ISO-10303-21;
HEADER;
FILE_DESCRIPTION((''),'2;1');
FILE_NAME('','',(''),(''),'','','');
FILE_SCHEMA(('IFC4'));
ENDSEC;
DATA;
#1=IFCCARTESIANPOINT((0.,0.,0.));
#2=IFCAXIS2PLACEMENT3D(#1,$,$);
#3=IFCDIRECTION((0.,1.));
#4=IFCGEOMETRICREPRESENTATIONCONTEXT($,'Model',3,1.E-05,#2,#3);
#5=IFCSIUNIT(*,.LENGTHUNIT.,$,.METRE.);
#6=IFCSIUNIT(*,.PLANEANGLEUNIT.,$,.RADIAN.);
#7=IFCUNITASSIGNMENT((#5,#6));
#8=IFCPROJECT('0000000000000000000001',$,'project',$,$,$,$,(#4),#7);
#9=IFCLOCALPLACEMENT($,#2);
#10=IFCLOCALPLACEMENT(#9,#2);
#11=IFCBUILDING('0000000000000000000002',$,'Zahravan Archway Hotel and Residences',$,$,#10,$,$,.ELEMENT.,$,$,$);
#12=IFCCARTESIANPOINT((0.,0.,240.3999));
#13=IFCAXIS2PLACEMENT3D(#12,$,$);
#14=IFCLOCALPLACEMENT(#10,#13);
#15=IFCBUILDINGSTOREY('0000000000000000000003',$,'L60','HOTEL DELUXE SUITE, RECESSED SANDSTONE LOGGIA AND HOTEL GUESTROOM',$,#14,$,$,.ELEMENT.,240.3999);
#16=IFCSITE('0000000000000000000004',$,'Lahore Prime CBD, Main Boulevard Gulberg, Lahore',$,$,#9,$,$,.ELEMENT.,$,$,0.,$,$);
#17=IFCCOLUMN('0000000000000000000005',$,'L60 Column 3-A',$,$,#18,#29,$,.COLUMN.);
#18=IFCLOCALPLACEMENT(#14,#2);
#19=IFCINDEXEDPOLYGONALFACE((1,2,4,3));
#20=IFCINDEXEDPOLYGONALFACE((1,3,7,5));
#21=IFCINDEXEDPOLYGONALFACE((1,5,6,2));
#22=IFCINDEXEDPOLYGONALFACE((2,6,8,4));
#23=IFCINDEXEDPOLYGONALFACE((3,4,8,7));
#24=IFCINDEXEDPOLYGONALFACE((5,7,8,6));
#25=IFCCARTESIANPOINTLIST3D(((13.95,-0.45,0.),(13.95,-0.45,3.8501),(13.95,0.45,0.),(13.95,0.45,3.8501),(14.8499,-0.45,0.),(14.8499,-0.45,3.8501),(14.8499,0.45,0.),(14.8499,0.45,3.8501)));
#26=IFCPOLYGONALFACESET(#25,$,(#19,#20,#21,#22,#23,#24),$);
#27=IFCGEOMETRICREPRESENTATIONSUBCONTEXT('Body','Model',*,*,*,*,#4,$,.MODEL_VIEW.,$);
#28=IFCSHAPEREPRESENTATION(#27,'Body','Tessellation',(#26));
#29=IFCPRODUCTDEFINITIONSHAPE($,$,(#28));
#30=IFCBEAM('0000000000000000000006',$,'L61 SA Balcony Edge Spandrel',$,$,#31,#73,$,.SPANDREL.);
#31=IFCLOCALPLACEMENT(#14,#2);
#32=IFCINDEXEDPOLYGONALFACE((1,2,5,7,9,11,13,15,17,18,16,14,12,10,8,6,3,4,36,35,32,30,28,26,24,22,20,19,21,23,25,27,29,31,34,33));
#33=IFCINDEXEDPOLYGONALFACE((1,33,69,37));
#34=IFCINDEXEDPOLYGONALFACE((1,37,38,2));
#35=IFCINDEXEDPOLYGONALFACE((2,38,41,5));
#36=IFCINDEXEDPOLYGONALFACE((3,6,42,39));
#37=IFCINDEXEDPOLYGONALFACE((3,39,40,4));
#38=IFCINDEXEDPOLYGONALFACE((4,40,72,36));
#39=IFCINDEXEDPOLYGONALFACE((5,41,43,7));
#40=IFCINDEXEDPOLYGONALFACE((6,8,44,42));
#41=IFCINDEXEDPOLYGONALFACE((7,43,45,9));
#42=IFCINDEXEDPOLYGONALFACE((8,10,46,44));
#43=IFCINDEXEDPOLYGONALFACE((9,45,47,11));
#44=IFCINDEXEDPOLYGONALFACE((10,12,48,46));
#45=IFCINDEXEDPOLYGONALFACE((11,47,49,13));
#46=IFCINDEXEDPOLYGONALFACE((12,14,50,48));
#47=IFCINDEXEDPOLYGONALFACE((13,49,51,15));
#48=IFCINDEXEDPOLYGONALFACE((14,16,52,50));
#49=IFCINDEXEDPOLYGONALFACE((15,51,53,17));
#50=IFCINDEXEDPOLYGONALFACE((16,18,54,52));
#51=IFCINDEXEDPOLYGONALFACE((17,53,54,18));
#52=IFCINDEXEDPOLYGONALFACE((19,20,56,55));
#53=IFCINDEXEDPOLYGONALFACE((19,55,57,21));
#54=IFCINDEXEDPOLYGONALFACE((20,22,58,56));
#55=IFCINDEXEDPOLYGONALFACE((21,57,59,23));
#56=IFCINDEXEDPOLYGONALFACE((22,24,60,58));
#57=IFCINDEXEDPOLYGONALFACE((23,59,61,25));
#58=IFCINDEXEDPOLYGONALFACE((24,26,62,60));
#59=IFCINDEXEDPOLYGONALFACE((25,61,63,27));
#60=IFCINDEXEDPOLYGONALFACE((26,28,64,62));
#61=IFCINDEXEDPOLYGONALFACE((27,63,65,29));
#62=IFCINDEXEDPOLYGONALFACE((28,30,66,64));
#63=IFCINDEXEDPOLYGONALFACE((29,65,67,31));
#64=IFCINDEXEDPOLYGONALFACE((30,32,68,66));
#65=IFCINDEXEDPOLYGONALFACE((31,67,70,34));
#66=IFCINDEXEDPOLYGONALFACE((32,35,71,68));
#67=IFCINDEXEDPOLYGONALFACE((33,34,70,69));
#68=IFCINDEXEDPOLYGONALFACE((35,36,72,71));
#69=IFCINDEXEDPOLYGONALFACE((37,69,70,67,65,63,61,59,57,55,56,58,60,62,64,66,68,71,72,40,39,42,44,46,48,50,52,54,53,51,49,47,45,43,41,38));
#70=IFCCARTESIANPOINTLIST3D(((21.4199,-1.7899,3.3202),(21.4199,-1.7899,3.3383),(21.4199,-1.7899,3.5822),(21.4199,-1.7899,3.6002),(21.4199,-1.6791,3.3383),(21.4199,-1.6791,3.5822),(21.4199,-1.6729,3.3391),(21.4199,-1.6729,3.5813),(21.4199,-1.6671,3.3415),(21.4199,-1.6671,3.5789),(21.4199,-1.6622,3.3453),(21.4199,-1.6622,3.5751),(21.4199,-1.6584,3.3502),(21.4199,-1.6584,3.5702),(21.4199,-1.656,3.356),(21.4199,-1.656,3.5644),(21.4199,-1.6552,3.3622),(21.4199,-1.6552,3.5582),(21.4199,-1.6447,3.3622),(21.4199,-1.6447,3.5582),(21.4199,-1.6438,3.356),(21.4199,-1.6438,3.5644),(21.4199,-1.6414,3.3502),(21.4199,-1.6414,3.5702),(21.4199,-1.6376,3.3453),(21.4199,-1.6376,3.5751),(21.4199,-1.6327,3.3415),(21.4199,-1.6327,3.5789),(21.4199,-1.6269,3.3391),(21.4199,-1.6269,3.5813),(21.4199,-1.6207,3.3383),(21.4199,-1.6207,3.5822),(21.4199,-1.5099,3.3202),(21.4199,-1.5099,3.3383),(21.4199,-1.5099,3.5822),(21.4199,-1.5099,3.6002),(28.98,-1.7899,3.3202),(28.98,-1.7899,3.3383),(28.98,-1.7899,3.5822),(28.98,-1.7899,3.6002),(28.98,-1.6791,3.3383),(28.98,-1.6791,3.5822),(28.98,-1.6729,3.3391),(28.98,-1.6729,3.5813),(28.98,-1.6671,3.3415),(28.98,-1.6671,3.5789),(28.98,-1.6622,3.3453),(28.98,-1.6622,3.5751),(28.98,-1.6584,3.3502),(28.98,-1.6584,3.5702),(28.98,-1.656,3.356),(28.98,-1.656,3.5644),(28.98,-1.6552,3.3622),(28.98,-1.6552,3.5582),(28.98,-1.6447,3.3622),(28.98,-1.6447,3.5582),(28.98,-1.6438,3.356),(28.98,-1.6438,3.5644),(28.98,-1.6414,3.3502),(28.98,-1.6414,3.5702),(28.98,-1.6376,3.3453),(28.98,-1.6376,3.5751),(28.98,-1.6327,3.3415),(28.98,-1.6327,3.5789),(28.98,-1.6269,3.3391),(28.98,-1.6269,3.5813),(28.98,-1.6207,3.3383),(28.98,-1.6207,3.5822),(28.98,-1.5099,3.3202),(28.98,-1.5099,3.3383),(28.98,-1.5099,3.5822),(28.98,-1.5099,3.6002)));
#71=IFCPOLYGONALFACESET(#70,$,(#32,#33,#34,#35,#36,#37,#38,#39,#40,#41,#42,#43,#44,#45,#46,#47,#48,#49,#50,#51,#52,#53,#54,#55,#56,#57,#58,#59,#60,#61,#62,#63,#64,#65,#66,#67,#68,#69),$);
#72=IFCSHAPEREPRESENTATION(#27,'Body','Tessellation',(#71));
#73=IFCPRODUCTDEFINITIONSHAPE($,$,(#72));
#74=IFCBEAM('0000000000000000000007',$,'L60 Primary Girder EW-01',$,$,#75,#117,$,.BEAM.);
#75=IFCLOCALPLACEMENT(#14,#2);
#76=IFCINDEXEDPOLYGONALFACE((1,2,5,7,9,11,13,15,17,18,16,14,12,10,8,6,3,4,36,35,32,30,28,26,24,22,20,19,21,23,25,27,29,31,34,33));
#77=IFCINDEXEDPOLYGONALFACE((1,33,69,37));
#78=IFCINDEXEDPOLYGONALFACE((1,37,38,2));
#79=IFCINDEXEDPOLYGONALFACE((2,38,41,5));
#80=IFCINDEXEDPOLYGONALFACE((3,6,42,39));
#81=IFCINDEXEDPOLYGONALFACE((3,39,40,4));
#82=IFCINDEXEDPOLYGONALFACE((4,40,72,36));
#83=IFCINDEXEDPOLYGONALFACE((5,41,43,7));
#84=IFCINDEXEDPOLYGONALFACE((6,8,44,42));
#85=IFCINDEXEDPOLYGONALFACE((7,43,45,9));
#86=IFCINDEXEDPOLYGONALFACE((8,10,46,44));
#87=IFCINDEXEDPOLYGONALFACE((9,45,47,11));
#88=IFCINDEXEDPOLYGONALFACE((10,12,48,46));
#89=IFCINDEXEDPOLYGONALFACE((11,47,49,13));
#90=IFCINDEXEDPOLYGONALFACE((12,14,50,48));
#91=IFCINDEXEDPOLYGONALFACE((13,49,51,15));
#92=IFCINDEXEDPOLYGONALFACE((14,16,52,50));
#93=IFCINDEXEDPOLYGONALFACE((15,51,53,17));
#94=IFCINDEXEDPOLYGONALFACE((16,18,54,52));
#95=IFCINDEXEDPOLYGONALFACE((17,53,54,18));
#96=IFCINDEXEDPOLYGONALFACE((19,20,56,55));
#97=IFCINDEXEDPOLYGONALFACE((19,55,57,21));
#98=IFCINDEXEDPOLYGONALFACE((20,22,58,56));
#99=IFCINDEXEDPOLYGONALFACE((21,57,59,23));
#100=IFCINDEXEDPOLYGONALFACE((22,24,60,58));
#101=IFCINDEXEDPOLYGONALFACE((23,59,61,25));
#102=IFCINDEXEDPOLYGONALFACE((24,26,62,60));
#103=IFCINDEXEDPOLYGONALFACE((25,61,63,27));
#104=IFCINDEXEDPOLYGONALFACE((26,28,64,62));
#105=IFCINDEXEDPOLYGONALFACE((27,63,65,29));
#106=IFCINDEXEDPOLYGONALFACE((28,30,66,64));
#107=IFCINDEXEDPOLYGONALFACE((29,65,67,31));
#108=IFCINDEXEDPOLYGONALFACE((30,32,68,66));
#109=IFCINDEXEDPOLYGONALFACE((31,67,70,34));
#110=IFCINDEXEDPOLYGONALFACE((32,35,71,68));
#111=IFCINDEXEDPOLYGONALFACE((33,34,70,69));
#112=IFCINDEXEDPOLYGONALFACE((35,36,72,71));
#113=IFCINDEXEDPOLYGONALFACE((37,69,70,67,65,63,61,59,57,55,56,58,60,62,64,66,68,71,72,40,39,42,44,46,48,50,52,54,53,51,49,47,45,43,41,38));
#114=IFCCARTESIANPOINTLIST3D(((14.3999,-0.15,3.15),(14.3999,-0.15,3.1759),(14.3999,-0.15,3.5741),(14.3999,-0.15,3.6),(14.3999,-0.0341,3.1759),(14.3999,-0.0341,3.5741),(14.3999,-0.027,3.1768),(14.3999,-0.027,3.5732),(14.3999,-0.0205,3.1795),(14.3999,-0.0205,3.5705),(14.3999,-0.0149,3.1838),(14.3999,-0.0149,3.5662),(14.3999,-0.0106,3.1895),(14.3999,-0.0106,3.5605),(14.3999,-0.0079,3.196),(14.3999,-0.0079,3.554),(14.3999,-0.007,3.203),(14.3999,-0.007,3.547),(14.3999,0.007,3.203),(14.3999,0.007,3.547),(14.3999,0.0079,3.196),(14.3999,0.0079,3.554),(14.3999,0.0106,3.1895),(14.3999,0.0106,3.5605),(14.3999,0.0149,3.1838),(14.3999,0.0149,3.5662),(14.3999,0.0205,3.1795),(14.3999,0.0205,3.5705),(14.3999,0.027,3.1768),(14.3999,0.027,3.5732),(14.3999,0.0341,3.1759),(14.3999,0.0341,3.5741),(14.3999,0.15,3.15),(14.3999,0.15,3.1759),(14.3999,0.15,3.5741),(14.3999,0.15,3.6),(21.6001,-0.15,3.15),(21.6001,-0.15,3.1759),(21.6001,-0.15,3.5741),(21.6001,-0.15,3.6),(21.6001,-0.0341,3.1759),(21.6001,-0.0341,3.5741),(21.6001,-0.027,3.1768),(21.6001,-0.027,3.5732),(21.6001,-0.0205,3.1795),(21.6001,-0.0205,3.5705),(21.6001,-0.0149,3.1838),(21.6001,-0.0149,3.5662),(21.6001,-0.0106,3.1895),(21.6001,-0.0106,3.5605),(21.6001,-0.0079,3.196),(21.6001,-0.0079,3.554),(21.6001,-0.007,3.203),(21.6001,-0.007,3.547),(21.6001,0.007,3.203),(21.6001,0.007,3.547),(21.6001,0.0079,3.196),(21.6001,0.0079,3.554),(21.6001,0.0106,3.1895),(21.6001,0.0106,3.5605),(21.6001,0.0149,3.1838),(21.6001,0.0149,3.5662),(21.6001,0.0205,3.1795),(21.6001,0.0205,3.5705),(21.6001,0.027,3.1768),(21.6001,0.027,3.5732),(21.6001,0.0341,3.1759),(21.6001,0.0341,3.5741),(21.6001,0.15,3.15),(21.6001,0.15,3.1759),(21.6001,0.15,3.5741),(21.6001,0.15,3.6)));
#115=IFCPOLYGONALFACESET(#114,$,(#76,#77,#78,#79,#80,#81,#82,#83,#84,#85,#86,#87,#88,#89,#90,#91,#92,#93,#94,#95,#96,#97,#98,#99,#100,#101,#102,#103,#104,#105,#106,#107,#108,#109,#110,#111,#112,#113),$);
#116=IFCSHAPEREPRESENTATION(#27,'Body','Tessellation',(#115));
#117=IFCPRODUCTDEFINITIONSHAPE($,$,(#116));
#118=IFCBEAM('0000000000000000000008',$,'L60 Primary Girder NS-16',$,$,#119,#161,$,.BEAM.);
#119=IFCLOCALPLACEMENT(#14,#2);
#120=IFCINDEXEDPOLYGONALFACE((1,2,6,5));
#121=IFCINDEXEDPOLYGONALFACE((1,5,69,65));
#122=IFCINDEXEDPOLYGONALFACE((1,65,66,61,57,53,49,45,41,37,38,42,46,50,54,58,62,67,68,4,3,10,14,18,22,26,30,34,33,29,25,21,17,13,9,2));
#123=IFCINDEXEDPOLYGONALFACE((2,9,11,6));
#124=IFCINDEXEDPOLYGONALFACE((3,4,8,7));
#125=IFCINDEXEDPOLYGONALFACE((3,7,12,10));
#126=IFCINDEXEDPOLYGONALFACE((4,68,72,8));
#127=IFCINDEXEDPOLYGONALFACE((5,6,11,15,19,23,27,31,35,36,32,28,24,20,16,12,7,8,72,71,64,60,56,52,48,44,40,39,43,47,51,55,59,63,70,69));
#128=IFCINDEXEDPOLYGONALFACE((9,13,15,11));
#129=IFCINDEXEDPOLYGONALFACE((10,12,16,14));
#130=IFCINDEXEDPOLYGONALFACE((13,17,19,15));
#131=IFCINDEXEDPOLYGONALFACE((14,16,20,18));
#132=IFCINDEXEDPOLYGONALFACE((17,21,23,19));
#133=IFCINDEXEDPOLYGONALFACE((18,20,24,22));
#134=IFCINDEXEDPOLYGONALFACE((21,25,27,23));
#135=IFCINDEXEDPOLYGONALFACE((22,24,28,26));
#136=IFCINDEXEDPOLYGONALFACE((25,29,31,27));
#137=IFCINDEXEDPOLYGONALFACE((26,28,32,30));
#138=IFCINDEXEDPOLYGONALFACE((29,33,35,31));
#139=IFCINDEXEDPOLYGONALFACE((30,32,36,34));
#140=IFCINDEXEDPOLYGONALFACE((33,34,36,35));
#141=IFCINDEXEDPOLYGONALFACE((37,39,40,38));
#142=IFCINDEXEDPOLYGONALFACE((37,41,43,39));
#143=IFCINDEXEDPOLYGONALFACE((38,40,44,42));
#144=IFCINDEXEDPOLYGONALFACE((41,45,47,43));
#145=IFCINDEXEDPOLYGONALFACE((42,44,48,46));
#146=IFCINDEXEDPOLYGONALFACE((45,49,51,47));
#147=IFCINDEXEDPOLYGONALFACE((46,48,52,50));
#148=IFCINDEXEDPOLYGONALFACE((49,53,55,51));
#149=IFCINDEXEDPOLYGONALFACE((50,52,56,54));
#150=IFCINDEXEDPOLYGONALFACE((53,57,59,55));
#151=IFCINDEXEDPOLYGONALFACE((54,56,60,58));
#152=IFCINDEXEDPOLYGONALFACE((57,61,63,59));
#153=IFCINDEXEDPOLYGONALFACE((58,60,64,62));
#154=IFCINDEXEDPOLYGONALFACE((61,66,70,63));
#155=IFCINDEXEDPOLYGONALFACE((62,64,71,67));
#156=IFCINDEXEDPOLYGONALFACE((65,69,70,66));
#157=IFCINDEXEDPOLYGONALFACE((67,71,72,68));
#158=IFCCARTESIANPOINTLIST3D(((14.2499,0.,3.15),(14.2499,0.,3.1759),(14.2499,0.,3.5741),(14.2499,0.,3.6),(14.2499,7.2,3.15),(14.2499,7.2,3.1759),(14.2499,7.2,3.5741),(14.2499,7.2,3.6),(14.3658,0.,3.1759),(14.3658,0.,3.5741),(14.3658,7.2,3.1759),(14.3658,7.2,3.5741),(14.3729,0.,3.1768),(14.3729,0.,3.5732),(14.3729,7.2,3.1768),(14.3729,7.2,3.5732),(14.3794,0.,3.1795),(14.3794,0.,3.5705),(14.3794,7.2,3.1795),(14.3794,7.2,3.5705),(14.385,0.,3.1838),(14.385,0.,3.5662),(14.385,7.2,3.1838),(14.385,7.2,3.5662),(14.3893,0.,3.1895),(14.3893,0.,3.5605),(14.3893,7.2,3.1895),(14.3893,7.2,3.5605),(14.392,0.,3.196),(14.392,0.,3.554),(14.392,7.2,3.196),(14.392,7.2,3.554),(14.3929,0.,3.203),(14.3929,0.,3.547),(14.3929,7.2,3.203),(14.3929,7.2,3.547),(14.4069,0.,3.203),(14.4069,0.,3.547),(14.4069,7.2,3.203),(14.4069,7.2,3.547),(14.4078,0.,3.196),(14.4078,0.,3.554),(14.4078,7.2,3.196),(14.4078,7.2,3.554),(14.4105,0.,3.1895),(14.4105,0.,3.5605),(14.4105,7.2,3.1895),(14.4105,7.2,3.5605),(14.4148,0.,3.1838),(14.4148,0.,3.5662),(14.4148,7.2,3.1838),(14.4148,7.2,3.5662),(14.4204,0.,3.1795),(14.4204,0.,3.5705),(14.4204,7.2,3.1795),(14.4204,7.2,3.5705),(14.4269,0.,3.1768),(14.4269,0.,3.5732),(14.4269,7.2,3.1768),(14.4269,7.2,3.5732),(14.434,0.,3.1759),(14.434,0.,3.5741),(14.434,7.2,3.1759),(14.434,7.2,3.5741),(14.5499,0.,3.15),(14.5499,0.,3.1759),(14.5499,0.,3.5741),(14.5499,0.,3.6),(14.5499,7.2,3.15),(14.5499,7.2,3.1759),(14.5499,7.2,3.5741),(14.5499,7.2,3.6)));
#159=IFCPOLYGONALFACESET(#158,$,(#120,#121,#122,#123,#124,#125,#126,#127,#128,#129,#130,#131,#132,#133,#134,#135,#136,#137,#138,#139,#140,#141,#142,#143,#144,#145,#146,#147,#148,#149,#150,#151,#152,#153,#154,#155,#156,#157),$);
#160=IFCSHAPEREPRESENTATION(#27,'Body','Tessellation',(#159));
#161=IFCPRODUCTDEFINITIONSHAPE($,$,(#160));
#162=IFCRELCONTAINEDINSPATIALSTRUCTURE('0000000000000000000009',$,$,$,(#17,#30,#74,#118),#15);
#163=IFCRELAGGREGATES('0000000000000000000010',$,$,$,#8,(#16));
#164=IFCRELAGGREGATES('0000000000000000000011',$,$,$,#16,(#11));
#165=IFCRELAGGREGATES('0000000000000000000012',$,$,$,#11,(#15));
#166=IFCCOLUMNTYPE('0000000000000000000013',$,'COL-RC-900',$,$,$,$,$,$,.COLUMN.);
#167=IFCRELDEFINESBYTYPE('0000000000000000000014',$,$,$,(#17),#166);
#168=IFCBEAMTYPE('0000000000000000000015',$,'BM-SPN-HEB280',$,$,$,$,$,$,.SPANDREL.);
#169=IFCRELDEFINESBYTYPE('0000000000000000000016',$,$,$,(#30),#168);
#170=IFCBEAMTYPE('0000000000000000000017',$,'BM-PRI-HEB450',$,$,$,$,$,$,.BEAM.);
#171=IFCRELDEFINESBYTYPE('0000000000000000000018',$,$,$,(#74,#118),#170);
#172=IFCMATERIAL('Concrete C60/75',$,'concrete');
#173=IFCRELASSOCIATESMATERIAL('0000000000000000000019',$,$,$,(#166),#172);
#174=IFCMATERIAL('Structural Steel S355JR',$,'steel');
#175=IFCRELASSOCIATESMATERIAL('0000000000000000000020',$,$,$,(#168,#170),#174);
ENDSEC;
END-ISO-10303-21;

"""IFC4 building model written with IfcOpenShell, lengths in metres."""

from ifc_helpers import new_model, si_unit, direction, frame, origin, origin_2d, place, context, subcontext, project, spatial, rectangle, i_section, extrude, source, transform, mapped, material, material_profile, profile_set, type_object, type_shapes, element, save


model = new_model("IFC4")

# Units and contexts
model_context = context("Model", 3, precision=1e-05, world=origin(), true_north=direction((0.0, 1.0)))
body_context = subcontext(model_context, "Body", "Model", "MODEL_VIEW")
ifc_project = project(units=[si_unit("LENGTHUNIT", "METRE"), si_unit("PLANEANGLEUNIT", "RADIAN")], contexts=[model_context])

# Site, building, storey
site_placement = place(None, origin())
site = spatial("IfcSite", under=ifc_project, at=site_placement, Name="Lahore Prime CBD, Main Boulevard Gulberg, Lahore", CompositionType="ELEMENT", RefElevation=0.0)
building_placement = place(site_placement, origin())
building = spatial("IfcBuilding", under=site, at=building_placement, Name="Zahravan Archway Hotel and Residences", CompositionType="ELEMENT")
storey_placement = place(building_placement, frame((0.0, 0.0, 240.3999)))
storey = spatial("IfcBuildingStorey", under=building, at=storey_placement, Name="L60", Description="HOTEL DELUXE SUITE, RECESSED SANDSTONE LOGGIA AND HOTEL GUESTROOM", CompositionType="ELEMENT", Elevation=240.3999)

# Column
ifc_material_1 = material(Name="Concrete C60/75", Category="concrete")
ifc_material_profile_1 = material_profile(ifc_material_1, rectangle(XDim=0.8999, YDim=0.8999, at=origin_2d()), Name="RC-COL-900x900", Category="concrete")
ifc_profile_set_1 = profile_set([ifc_material_profile_1], Name="Concrete C60/75")
column_type = type_object("IfcColumnType", Name="COL-RC-900", PredefinedType="COLUMN", material=ifc_profile_set_1)
shared_shape_1 = source(origin(), body_context, "Body", "SweptSolid", [
    extrude(rectangle(XDim=0.8999, YDim=0.8999, at=origin_2d()), origin(), (0.0, 0.0, 1.0), 3.8501),
])
type_shapes(column_type, [shared_shape_1])
column_placement = place(storey_placement, frame((14.3999, 0.0, 0.0), z_axis=(0.0, 0.0, 1.0), x_axis=(1.0, 0.0, 0.0)))
element("IfcColumn", 1, at=column_placement, inside=storey, type_object=column_type, Name="L60 Column 3-A", PredefinedType="COLUMN", context=body_context, shape_type="MappedRepresentation", body=[
    mapped(shared_shape_1, transform((0.0, 0.0, 0.0), scale=1.0)),
])

# Beams
ifc_material_2 = material(Name="Structural Steel S355JR", Category="steel")
ifc_material_profile_2 = material_profile(ifc_material_2, i_section(OverallWidth=0.28, OverallDepth=0.28, WebThickness=0.0105, FlangeThickness=0.0181, FilletRadius=0.0239, at=origin_2d()), Name="HEB 280", Category="steel")
ifc_profile_set_2 = profile_set([ifc_material_profile_2], Name="Structural Steel S355JR")
beam_type_1 = type_object("IfcBeamType", Name="BM-SPN-HEB280", PredefinedType="SPANDREL", material=ifc_profile_set_2)
shared_shape_2 = source(origin(), body_context, "Body", "SweptSolid", [
    extrude(i_section(OverallWidth=0.28, OverallDepth=0.28, WebThickness=0.0105, FlangeThickness=0.0181, FilletRadius=0.0239, at=origin_2d()), origin(), (0.0, 0.0, 1.0), 7.5601),
])
type_shapes(beam_type_1, [shared_shape_2])
beam_1_placement = place(storey_placement, frame((21.4199, -1.6499, 3.4602), z_axis=(1.0, 0.0, 0.0), x_axis=(0.0, 1.0, 0.0)))
element("IfcBeam", 2, at=beam_1_placement, inside=storey, type_object=beam_type_1, Name="L61 SA Balcony Edge Spandrel", PredefinedType="SPANDREL", context=body_context, shape_type="MappedRepresentation", body=[
    mapped(shared_shape_2, transform((0.0, 0.0, 0.0), scale=1.0)),
])
ifc_material_profile_3 = material_profile(ifc_material_2, i_section(OverallWidth=0.3, OverallDepth=0.45, WebThickness=0.0139, FlangeThickness=0.0259, FilletRadius=0.0271, at=origin_2d()), Name="HEB 450", Category="steel")
ifc_profile_set_3 = profile_set([ifc_material_profile_3], Name="Structural Steel S355JR")
beam_type_2 = type_object("IfcBeamType", Name="BM-PRI-HEB450", PredefinedType="BEAM", material=ifc_profile_set_3)
shared_shape_3 = source(origin(), body_context, "Body", "SweptSolid", [
    extrude(i_section(OverallWidth=0.3, OverallDepth=0.45, WebThickness=0.0139, FlangeThickness=0.0259, FilletRadius=0.0271, at=origin_2d()), origin(), (0.0, 0.0, 1.0), 7.2002),
])
type_shapes(beam_type_2, [shared_shape_3])
beam_2_placement = place(storey_placement, frame((14.3999, 0.0, 3.375), z_axis=(1.0, 0.0, 0.0), x_axis=(0.0, 1.0, 0.0)))
element("IfcBeam", 3, at=beam_2_placement, inside=storey, type_object=beam_type_2, Name="L60 Primary Girder EW-01", PredefinedType="BEAM", context=body_context, shape_type="MappedRepresentation", body=[
    mapped(shared_shape_3, transform((0.0, 0.0, 0.0), scale=1.0)),
])
shared_shape_4 = source(origin(), body_context, "Body", "SweptSolid", [
    extrude(i_section(OverallWidth=0.3, OverallDepth=0.45, WebThickness=0.0139, FlangeThickness=0.0259, FilletRadius=0.0271, at=origin_2d()), origin(), (0.0, 0.0, 1.0), 7.2),
])
beam_3_placement = place(storey_placement, frame((14.3999, 0.0, 3.375), z_axis=(0.0, 1.0, 0.0), x_axis=(-1.0, 0.0, 0.0)))
element("IfcBeam", 4, at=beam_3_placement, inside=storey, type_object=beam_type_2, Name="L60 Primary Girder NS-16", PredefinedType="BEAM", context=body_context, shape_type="MappedRepresentation", body=[
    mapped(shared_shape_4, transform((0.0, 0.0, 0.0), scale=1.0)),
])

save(model, "model.ifc")
